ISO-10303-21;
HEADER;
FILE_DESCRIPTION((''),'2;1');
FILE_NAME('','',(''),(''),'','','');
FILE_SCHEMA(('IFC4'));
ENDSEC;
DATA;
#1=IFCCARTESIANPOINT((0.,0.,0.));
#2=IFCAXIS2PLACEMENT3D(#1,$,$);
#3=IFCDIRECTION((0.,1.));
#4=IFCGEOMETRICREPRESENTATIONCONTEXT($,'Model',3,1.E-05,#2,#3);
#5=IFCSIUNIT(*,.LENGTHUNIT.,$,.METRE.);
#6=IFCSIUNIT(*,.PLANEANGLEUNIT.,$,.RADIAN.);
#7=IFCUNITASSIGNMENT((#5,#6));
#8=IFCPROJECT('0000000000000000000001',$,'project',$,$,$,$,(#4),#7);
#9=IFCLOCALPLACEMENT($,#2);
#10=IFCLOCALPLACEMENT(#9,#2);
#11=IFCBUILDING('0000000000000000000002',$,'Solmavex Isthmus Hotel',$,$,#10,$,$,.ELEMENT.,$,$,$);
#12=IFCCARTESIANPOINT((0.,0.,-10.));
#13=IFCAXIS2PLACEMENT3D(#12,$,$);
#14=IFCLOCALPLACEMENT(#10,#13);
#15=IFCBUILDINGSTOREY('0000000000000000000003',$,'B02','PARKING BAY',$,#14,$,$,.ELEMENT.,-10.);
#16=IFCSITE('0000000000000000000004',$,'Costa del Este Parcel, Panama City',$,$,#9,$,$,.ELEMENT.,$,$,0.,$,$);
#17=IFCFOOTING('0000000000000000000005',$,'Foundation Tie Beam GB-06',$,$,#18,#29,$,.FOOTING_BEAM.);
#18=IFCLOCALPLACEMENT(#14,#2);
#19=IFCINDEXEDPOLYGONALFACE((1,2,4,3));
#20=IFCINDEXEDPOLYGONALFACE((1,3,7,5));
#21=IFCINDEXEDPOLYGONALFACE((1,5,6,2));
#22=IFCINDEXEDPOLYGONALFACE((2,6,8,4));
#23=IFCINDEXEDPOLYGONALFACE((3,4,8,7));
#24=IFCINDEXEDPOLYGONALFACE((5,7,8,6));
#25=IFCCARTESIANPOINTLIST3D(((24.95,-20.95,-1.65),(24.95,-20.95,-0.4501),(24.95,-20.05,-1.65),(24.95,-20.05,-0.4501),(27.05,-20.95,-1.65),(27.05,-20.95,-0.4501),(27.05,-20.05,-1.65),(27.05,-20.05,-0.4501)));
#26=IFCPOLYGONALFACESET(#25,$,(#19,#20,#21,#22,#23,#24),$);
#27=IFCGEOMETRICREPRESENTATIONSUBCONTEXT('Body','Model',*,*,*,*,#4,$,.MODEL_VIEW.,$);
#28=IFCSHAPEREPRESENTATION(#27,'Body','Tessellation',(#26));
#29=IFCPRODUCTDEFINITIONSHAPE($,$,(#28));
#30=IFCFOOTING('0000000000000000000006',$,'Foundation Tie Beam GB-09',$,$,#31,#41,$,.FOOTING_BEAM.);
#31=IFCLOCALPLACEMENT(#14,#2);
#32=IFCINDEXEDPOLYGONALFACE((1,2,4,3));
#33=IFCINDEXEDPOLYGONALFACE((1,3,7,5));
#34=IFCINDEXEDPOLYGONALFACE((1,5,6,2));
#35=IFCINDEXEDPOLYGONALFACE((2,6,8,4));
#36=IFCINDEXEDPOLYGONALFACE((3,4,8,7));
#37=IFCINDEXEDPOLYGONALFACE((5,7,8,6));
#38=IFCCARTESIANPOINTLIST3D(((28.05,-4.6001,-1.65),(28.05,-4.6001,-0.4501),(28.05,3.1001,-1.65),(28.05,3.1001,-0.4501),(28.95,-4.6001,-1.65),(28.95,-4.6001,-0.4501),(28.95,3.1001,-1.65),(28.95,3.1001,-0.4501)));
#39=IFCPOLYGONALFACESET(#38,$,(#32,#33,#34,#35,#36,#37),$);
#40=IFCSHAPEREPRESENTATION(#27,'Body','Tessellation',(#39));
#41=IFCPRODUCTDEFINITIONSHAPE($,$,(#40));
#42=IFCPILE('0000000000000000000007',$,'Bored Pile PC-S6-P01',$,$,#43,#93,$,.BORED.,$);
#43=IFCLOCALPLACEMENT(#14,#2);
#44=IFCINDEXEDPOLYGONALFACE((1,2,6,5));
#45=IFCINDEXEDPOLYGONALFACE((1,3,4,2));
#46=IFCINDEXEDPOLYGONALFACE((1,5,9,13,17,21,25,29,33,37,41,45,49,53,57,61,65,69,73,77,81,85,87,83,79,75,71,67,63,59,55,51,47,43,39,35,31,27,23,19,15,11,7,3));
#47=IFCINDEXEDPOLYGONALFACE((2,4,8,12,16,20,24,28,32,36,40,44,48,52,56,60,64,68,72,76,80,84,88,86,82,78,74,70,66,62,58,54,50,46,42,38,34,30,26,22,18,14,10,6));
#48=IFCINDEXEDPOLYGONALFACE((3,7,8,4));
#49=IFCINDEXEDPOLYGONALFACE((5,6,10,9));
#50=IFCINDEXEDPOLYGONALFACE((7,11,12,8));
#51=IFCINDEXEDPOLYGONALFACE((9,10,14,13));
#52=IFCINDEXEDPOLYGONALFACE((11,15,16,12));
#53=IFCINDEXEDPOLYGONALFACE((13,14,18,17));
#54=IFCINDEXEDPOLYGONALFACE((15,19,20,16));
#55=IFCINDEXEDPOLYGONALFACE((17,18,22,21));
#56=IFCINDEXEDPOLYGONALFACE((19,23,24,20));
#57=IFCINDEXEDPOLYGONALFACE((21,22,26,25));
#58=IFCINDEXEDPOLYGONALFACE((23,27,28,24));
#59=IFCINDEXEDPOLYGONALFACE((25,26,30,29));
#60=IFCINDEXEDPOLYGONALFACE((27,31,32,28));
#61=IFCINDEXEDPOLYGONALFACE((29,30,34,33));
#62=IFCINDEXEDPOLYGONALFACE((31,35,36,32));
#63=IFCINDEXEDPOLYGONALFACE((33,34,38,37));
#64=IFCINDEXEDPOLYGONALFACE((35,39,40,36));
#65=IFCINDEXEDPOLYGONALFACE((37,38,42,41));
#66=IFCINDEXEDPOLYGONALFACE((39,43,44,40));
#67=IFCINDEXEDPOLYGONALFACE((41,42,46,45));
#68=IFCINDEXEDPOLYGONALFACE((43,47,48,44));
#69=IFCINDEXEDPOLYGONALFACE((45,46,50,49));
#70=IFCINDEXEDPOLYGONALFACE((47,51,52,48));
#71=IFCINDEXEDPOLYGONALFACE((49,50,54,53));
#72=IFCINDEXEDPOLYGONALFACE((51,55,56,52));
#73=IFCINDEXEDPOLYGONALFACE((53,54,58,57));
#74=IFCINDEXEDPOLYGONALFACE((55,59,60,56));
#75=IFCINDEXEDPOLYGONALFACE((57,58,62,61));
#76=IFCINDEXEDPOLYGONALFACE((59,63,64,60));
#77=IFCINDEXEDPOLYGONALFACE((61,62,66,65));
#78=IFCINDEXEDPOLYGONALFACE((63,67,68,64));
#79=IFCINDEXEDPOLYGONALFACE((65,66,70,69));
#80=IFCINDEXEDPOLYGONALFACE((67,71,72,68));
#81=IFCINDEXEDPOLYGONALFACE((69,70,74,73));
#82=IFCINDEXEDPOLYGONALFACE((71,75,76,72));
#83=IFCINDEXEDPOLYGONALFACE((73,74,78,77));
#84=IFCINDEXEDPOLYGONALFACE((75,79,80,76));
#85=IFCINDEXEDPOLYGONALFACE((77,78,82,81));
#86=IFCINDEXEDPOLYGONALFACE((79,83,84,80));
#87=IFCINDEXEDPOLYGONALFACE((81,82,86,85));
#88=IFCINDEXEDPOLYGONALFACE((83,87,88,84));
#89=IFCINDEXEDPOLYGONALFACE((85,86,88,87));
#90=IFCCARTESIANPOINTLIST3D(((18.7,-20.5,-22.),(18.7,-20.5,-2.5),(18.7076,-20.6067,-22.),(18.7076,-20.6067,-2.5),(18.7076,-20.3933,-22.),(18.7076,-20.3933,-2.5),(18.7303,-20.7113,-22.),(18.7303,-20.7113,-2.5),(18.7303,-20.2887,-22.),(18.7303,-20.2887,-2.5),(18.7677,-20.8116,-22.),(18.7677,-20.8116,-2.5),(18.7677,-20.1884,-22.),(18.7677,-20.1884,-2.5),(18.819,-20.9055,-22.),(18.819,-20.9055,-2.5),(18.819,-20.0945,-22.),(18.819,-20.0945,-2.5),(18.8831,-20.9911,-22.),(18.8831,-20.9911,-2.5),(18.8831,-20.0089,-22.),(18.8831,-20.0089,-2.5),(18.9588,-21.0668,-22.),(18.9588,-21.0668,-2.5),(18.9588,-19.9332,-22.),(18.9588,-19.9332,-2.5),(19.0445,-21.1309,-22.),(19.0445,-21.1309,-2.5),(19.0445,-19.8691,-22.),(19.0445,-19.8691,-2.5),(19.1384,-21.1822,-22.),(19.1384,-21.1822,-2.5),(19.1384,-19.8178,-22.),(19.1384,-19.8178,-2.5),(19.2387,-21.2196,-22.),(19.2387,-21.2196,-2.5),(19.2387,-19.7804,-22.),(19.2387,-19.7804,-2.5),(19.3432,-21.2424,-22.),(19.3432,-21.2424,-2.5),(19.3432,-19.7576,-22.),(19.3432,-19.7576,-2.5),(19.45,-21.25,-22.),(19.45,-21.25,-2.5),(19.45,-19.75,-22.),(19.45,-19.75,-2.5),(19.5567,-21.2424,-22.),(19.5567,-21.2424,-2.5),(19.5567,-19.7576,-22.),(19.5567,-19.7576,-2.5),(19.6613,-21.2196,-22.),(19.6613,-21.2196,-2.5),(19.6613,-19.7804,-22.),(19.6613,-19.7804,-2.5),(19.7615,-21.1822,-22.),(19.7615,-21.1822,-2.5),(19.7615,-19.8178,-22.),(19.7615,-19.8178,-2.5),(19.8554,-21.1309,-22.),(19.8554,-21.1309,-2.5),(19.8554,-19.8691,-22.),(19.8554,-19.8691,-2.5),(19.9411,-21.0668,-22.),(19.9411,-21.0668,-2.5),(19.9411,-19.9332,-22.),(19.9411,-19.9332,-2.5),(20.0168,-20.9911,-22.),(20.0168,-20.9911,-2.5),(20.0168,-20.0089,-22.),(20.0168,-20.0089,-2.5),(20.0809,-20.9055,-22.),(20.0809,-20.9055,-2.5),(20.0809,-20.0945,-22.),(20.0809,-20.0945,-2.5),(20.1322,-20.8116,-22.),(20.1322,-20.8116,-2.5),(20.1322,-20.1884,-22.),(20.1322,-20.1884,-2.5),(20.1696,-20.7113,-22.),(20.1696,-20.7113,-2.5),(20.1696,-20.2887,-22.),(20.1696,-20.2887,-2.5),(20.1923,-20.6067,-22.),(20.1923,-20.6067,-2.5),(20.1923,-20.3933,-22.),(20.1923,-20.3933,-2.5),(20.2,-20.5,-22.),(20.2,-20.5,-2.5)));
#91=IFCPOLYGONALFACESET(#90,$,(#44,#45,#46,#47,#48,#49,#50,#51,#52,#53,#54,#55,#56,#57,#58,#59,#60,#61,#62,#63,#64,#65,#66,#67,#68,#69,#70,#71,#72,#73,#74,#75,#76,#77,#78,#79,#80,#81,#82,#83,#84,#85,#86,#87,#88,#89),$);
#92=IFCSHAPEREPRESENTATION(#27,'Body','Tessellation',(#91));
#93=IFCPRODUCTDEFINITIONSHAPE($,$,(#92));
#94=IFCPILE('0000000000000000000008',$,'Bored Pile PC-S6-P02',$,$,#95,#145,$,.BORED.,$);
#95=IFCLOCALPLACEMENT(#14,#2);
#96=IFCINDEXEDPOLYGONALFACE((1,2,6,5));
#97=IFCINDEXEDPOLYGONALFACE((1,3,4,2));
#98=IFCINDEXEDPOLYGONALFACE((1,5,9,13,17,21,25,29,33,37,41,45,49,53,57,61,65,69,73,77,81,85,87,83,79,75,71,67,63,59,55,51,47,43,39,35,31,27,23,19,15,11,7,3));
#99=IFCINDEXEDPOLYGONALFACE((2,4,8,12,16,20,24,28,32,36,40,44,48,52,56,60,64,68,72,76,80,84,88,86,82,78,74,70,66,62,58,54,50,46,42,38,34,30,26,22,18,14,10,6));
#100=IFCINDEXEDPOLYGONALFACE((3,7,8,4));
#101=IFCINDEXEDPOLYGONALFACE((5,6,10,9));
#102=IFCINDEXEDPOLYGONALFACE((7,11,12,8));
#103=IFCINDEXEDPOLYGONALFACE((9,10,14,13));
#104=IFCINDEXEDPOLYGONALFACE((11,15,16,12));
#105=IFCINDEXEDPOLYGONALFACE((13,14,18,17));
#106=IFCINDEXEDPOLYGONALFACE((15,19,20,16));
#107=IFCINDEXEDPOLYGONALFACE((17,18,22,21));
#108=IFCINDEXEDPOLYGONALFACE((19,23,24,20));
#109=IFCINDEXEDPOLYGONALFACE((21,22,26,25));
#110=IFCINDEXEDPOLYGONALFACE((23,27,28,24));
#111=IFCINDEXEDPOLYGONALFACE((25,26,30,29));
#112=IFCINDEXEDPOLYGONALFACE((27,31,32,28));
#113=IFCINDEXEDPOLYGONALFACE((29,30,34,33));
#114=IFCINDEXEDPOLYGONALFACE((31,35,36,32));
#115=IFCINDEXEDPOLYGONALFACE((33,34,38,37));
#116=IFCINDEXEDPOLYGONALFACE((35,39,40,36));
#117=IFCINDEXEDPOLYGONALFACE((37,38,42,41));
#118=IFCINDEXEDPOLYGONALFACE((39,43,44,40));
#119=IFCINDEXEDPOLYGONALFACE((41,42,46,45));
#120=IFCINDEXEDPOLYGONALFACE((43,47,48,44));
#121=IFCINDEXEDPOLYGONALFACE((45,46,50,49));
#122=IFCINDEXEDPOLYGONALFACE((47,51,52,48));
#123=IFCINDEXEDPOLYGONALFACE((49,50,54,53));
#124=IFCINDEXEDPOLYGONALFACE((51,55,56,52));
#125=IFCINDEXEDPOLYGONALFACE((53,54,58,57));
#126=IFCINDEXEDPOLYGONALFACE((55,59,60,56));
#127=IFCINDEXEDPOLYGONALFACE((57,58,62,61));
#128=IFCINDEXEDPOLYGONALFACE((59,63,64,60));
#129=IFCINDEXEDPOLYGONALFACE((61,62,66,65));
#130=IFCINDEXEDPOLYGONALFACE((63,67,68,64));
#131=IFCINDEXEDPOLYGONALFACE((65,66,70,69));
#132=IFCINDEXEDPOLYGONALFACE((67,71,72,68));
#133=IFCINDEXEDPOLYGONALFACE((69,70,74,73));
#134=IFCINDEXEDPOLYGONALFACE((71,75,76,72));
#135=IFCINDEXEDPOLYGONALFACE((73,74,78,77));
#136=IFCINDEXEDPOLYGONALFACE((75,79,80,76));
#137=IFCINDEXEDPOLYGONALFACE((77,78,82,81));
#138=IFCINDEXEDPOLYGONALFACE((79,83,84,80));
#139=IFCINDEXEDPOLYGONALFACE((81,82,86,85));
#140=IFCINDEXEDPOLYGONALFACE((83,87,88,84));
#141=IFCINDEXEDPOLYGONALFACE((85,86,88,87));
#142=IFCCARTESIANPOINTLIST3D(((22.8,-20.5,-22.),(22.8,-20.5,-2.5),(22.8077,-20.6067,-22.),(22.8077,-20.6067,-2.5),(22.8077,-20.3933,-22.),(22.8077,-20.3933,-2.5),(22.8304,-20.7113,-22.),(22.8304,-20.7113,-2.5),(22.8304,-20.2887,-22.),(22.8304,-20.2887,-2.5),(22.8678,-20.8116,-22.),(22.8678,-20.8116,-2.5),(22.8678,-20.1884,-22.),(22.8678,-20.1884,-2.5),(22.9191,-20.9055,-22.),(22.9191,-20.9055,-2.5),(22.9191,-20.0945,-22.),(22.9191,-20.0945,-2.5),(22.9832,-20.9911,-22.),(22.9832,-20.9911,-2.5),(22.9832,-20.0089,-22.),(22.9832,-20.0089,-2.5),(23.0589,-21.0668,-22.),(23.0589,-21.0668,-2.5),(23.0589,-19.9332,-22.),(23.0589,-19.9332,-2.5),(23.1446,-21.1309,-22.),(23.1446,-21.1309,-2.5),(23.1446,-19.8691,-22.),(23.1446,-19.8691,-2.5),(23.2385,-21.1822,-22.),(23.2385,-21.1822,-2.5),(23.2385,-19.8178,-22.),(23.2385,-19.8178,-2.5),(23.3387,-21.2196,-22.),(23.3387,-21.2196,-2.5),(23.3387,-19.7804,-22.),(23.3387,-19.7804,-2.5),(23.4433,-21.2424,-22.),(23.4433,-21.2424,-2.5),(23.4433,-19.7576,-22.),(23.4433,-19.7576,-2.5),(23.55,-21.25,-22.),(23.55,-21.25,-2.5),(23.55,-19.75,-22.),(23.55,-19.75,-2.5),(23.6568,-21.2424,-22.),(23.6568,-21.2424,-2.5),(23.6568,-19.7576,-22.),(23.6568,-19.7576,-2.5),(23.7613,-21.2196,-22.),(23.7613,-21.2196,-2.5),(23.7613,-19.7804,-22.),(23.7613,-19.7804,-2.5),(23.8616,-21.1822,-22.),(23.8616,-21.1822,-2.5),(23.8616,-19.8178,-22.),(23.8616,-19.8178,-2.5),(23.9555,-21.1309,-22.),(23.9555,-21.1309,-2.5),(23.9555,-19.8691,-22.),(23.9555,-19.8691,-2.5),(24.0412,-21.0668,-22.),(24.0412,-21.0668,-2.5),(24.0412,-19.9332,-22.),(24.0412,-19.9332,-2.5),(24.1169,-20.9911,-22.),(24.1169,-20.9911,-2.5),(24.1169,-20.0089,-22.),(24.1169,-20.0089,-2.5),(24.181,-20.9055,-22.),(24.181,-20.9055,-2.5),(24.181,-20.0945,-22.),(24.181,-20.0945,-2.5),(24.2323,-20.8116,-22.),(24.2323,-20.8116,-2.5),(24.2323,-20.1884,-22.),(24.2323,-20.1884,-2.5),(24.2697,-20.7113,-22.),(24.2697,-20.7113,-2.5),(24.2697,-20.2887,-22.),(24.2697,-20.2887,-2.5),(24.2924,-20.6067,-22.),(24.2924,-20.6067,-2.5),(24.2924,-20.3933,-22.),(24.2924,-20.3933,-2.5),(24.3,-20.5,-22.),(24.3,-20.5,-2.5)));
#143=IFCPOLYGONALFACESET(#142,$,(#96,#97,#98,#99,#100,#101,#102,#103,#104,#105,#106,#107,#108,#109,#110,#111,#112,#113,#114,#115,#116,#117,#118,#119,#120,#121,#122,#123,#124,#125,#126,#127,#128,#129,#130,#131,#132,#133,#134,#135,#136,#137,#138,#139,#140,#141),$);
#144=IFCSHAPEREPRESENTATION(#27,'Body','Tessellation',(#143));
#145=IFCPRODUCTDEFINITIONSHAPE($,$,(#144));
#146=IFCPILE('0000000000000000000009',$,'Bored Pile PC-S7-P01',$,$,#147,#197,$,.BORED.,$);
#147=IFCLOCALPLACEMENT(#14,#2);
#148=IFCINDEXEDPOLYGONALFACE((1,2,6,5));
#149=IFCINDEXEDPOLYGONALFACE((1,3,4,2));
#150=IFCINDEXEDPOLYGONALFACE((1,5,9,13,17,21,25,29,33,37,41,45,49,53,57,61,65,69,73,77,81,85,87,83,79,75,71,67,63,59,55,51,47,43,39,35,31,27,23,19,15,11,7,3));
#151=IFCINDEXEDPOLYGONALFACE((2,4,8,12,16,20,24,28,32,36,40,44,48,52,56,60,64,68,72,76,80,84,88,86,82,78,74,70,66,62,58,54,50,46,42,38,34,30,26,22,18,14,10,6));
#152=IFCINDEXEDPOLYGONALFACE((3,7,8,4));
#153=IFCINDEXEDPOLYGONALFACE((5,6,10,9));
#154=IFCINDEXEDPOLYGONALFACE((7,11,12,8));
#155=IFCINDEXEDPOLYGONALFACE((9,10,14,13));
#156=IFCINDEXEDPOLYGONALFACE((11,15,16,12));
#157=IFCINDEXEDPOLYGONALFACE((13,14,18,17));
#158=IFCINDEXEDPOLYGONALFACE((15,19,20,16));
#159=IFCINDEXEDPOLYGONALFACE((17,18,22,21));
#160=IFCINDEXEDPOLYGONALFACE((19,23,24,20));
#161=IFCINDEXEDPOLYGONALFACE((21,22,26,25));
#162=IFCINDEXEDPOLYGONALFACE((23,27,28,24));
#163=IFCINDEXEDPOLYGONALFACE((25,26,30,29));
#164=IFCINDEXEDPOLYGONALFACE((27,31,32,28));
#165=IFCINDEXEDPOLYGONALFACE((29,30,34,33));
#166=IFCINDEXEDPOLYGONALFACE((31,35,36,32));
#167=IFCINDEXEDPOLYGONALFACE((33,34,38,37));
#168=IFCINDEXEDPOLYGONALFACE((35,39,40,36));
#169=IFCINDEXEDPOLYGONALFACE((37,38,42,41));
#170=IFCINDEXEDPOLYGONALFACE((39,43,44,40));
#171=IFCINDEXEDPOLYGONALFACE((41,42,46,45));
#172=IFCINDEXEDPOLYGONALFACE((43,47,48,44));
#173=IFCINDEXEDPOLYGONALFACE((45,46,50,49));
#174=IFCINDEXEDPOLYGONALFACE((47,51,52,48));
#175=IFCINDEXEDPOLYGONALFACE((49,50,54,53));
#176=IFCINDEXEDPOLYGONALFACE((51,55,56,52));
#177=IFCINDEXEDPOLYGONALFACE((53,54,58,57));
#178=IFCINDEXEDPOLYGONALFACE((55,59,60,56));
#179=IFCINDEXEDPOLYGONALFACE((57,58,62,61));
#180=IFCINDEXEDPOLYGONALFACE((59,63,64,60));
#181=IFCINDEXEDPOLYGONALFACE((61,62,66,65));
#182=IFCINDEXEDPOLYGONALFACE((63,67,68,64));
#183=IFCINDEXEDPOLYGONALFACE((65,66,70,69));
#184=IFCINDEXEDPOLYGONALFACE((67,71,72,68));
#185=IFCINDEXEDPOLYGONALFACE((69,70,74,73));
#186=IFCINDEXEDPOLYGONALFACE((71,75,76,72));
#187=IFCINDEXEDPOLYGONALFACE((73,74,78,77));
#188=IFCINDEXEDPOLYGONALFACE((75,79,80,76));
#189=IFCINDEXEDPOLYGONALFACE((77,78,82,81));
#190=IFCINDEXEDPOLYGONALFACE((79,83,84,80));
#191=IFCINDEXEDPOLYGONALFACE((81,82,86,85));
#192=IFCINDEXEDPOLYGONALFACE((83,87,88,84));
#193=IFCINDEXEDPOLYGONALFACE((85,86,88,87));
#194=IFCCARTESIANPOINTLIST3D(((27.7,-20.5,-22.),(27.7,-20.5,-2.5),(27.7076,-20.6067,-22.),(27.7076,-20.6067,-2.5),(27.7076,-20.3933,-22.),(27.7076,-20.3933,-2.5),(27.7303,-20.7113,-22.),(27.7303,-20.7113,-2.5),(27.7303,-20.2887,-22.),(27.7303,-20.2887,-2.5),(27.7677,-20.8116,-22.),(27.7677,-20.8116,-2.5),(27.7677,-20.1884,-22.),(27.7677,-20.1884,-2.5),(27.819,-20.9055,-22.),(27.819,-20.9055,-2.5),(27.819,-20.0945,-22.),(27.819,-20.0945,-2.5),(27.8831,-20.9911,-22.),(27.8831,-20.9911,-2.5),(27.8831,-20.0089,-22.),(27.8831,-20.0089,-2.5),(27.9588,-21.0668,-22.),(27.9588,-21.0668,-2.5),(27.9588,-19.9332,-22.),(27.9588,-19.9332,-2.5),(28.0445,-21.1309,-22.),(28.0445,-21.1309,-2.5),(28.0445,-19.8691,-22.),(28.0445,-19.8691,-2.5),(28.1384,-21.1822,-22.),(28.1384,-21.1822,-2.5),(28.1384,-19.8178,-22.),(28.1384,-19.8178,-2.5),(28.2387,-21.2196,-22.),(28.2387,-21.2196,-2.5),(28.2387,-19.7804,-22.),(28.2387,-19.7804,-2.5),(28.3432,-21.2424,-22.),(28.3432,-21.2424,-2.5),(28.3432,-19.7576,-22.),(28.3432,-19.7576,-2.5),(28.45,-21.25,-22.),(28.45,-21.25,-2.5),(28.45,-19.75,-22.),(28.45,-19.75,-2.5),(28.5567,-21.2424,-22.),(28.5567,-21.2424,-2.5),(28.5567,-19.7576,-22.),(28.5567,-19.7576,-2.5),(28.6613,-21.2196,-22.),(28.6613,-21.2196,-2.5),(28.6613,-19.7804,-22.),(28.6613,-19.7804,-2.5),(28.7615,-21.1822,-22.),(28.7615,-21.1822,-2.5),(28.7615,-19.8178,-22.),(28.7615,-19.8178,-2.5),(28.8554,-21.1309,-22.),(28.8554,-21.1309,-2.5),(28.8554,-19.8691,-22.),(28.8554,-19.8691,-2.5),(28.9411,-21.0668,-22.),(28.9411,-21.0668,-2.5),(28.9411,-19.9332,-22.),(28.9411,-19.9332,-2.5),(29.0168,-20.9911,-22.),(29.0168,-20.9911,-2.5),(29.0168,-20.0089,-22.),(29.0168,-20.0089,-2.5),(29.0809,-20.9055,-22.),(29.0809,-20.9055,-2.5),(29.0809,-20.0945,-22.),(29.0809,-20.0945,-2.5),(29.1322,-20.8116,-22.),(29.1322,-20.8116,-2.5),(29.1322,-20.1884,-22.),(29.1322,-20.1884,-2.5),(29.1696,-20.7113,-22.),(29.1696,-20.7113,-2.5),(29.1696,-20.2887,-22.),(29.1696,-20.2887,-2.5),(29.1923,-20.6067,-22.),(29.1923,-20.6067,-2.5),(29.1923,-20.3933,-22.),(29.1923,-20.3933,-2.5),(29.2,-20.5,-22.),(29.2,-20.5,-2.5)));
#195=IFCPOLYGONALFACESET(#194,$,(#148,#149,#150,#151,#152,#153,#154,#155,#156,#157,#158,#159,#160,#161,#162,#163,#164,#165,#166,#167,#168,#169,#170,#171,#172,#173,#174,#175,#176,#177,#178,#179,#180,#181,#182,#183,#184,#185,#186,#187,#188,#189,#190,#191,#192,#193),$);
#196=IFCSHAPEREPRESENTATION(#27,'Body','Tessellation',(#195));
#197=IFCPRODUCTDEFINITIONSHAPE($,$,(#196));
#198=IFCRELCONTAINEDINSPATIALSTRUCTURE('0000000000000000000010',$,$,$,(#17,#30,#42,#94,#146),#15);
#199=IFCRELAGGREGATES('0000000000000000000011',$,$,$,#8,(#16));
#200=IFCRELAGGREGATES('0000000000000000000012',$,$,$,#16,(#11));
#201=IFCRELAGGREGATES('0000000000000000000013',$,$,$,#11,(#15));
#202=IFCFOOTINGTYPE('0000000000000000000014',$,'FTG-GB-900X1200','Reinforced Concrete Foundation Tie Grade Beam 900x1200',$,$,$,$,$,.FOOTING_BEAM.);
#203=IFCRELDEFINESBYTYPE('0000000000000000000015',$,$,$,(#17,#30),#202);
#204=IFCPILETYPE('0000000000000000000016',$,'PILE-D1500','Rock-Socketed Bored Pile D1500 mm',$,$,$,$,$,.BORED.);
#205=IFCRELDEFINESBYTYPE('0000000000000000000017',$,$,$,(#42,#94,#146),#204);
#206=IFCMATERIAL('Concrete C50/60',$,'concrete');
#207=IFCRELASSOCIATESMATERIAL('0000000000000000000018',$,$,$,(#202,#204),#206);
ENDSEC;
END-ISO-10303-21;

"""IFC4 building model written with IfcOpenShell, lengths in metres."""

from ifc_helpers import new_model, si_unit, direction, frame, origin, origin_2d, place, context, subcontext, project, spatial, rectangle, circle, extrude, material, material_profile, profile_set, type_object, element, save


model = new_model("IFC4")

# Units and contexts
model_context = context("Model", 3, precision=1e-05, world=origin(), true_north=direction((0.0, 1.0)))
body_context = subcontext(model_context, "Body", "Model", "MODEL_VIEW")
ifc_project = project(units=[si_unit("LENGTHUNIT", "METRE"), si_unit("PLANEANGLEUNIT", "RADIAN")], contexts=[model_context])

# Site, building, storey
site_placement = place(None, origin())
site = spatial("IfcSite", under=ifc_project, at=site_placement, Name="Costa del Este Parcel, Panama City", CompositionType="ELEMENT", RefElevation=0.0)
building_placement = place(site_placement, origin())
building = spatial("IfcBuilding", under=site, at=building_placement, Name="Solmavex Isthmus Hotel", CompositionType="ELEMENT")
storey_placement = place(building_placement, frame((0.0, 0.0, -10.0)))
storey = spatial("IfcBuildingStorey", under=building, at=storey_placement, Name="B02", Description="PARKING BAY", CompositionType="ELEMENT", Elevation=-10.0)

# Footings
ifc_material_1 = material(Name="Concrete C50/60", Category="concrete")
footing_type = type_object("IfcFootingType", Name="FTG-GB-900X1200", Description="Reinforced Concrete Foundation Tie Grade Beam 900x1200", PredefinedType="FOOTING_BEAM", material=ifc_material_1)
footing_1_placement = place(storey_placement, frame((24.95, -20.5, -1.05), z_axis=(1.0, 0.0, 0.0), x_axis=(0.0, 1.0, 0.0)))
element("IfcFooting", 1, at=footing_1_placement, inside=storey, type_object=footing_type, Name="Foundation Tie Beam GB-06", PredefinedType="FOOTING_BEAM", context=body_context, shape_type="SweptSolid", body=[
    extrude(rectangle(XDim=0.8999, YDim=1.2, at=origin_2d()), origin(), (0.0, 0.0, 1.0), 2.1001),
])
footing_2_placement = place(storey_placement, frame((28.5, -4.6001, -1.05), z_axis=(0.0, 1.0, 0.0), x_axis=(-1.0, 0.0, 0.0)))
element("IfcFooting", 2, at=footing_2_placement, inside=storey, type_object=footing_type, Name="Foundation Tie Beam GB-09", PredefinedType="FOOTING_BEAM", context=body_context, shape_type="SweptSolid", body=[
    extrude(rectangle(XDim=0.8999, YDim=1.2, at=origin_2d()), origin(), (0.0, 0.0, 1.0), 7.7002),
])

# Piles
ifc_material_profile_1 = material_profile(ifc_material_1, circle(Radius=0.75, at=origin_2d()), Name="PILE1500")
ifc_profile_set_1 = profile_set([ifc_material_profile_1], Name="Concrete C50/60")
pile_type = type_object("IfcPileType", Name="PILE-D1500", Description="Rock-Socketed Bored Pile D1500 mm", PredefinedType="BORED", material=ifc_profile_set_1)
for number, where, z_axis, x_axis, name in (
    (3, (19.45, -20.5, -2.5), (0.0, 0.0, -1.0), (1.0, 0.0, 0.0), "Bored Pile PC-S6-P01"),
    (4, (23.55, -20.5, -2.5), (0.0, 0.0, -1.0), (1.0, 0.0, 0.0), "Bored Pile PC-S6-P02"),
    (5, (28.45, -20.5, -2.5), (0.0, 0.0, -1.0), (1.0, 0.0, 0.0), "Bored Pile PC-S7-P01"),
):
    element("IfcPile", number, at=place(storey_placement, frame(where, z_axis=z_axis, x_axis=x_axis)), inside=storey, type_object=pile_type, Name=name, PredefinedType="BORED", context=body_context, shape_type="SweptSolid", body=[
        extrude(circle(Radius=0.75, at=origin_2d()), origin(), (0.0, 0.0, 1.0), 19.5),
    ])

save(model, "model.ifc")
